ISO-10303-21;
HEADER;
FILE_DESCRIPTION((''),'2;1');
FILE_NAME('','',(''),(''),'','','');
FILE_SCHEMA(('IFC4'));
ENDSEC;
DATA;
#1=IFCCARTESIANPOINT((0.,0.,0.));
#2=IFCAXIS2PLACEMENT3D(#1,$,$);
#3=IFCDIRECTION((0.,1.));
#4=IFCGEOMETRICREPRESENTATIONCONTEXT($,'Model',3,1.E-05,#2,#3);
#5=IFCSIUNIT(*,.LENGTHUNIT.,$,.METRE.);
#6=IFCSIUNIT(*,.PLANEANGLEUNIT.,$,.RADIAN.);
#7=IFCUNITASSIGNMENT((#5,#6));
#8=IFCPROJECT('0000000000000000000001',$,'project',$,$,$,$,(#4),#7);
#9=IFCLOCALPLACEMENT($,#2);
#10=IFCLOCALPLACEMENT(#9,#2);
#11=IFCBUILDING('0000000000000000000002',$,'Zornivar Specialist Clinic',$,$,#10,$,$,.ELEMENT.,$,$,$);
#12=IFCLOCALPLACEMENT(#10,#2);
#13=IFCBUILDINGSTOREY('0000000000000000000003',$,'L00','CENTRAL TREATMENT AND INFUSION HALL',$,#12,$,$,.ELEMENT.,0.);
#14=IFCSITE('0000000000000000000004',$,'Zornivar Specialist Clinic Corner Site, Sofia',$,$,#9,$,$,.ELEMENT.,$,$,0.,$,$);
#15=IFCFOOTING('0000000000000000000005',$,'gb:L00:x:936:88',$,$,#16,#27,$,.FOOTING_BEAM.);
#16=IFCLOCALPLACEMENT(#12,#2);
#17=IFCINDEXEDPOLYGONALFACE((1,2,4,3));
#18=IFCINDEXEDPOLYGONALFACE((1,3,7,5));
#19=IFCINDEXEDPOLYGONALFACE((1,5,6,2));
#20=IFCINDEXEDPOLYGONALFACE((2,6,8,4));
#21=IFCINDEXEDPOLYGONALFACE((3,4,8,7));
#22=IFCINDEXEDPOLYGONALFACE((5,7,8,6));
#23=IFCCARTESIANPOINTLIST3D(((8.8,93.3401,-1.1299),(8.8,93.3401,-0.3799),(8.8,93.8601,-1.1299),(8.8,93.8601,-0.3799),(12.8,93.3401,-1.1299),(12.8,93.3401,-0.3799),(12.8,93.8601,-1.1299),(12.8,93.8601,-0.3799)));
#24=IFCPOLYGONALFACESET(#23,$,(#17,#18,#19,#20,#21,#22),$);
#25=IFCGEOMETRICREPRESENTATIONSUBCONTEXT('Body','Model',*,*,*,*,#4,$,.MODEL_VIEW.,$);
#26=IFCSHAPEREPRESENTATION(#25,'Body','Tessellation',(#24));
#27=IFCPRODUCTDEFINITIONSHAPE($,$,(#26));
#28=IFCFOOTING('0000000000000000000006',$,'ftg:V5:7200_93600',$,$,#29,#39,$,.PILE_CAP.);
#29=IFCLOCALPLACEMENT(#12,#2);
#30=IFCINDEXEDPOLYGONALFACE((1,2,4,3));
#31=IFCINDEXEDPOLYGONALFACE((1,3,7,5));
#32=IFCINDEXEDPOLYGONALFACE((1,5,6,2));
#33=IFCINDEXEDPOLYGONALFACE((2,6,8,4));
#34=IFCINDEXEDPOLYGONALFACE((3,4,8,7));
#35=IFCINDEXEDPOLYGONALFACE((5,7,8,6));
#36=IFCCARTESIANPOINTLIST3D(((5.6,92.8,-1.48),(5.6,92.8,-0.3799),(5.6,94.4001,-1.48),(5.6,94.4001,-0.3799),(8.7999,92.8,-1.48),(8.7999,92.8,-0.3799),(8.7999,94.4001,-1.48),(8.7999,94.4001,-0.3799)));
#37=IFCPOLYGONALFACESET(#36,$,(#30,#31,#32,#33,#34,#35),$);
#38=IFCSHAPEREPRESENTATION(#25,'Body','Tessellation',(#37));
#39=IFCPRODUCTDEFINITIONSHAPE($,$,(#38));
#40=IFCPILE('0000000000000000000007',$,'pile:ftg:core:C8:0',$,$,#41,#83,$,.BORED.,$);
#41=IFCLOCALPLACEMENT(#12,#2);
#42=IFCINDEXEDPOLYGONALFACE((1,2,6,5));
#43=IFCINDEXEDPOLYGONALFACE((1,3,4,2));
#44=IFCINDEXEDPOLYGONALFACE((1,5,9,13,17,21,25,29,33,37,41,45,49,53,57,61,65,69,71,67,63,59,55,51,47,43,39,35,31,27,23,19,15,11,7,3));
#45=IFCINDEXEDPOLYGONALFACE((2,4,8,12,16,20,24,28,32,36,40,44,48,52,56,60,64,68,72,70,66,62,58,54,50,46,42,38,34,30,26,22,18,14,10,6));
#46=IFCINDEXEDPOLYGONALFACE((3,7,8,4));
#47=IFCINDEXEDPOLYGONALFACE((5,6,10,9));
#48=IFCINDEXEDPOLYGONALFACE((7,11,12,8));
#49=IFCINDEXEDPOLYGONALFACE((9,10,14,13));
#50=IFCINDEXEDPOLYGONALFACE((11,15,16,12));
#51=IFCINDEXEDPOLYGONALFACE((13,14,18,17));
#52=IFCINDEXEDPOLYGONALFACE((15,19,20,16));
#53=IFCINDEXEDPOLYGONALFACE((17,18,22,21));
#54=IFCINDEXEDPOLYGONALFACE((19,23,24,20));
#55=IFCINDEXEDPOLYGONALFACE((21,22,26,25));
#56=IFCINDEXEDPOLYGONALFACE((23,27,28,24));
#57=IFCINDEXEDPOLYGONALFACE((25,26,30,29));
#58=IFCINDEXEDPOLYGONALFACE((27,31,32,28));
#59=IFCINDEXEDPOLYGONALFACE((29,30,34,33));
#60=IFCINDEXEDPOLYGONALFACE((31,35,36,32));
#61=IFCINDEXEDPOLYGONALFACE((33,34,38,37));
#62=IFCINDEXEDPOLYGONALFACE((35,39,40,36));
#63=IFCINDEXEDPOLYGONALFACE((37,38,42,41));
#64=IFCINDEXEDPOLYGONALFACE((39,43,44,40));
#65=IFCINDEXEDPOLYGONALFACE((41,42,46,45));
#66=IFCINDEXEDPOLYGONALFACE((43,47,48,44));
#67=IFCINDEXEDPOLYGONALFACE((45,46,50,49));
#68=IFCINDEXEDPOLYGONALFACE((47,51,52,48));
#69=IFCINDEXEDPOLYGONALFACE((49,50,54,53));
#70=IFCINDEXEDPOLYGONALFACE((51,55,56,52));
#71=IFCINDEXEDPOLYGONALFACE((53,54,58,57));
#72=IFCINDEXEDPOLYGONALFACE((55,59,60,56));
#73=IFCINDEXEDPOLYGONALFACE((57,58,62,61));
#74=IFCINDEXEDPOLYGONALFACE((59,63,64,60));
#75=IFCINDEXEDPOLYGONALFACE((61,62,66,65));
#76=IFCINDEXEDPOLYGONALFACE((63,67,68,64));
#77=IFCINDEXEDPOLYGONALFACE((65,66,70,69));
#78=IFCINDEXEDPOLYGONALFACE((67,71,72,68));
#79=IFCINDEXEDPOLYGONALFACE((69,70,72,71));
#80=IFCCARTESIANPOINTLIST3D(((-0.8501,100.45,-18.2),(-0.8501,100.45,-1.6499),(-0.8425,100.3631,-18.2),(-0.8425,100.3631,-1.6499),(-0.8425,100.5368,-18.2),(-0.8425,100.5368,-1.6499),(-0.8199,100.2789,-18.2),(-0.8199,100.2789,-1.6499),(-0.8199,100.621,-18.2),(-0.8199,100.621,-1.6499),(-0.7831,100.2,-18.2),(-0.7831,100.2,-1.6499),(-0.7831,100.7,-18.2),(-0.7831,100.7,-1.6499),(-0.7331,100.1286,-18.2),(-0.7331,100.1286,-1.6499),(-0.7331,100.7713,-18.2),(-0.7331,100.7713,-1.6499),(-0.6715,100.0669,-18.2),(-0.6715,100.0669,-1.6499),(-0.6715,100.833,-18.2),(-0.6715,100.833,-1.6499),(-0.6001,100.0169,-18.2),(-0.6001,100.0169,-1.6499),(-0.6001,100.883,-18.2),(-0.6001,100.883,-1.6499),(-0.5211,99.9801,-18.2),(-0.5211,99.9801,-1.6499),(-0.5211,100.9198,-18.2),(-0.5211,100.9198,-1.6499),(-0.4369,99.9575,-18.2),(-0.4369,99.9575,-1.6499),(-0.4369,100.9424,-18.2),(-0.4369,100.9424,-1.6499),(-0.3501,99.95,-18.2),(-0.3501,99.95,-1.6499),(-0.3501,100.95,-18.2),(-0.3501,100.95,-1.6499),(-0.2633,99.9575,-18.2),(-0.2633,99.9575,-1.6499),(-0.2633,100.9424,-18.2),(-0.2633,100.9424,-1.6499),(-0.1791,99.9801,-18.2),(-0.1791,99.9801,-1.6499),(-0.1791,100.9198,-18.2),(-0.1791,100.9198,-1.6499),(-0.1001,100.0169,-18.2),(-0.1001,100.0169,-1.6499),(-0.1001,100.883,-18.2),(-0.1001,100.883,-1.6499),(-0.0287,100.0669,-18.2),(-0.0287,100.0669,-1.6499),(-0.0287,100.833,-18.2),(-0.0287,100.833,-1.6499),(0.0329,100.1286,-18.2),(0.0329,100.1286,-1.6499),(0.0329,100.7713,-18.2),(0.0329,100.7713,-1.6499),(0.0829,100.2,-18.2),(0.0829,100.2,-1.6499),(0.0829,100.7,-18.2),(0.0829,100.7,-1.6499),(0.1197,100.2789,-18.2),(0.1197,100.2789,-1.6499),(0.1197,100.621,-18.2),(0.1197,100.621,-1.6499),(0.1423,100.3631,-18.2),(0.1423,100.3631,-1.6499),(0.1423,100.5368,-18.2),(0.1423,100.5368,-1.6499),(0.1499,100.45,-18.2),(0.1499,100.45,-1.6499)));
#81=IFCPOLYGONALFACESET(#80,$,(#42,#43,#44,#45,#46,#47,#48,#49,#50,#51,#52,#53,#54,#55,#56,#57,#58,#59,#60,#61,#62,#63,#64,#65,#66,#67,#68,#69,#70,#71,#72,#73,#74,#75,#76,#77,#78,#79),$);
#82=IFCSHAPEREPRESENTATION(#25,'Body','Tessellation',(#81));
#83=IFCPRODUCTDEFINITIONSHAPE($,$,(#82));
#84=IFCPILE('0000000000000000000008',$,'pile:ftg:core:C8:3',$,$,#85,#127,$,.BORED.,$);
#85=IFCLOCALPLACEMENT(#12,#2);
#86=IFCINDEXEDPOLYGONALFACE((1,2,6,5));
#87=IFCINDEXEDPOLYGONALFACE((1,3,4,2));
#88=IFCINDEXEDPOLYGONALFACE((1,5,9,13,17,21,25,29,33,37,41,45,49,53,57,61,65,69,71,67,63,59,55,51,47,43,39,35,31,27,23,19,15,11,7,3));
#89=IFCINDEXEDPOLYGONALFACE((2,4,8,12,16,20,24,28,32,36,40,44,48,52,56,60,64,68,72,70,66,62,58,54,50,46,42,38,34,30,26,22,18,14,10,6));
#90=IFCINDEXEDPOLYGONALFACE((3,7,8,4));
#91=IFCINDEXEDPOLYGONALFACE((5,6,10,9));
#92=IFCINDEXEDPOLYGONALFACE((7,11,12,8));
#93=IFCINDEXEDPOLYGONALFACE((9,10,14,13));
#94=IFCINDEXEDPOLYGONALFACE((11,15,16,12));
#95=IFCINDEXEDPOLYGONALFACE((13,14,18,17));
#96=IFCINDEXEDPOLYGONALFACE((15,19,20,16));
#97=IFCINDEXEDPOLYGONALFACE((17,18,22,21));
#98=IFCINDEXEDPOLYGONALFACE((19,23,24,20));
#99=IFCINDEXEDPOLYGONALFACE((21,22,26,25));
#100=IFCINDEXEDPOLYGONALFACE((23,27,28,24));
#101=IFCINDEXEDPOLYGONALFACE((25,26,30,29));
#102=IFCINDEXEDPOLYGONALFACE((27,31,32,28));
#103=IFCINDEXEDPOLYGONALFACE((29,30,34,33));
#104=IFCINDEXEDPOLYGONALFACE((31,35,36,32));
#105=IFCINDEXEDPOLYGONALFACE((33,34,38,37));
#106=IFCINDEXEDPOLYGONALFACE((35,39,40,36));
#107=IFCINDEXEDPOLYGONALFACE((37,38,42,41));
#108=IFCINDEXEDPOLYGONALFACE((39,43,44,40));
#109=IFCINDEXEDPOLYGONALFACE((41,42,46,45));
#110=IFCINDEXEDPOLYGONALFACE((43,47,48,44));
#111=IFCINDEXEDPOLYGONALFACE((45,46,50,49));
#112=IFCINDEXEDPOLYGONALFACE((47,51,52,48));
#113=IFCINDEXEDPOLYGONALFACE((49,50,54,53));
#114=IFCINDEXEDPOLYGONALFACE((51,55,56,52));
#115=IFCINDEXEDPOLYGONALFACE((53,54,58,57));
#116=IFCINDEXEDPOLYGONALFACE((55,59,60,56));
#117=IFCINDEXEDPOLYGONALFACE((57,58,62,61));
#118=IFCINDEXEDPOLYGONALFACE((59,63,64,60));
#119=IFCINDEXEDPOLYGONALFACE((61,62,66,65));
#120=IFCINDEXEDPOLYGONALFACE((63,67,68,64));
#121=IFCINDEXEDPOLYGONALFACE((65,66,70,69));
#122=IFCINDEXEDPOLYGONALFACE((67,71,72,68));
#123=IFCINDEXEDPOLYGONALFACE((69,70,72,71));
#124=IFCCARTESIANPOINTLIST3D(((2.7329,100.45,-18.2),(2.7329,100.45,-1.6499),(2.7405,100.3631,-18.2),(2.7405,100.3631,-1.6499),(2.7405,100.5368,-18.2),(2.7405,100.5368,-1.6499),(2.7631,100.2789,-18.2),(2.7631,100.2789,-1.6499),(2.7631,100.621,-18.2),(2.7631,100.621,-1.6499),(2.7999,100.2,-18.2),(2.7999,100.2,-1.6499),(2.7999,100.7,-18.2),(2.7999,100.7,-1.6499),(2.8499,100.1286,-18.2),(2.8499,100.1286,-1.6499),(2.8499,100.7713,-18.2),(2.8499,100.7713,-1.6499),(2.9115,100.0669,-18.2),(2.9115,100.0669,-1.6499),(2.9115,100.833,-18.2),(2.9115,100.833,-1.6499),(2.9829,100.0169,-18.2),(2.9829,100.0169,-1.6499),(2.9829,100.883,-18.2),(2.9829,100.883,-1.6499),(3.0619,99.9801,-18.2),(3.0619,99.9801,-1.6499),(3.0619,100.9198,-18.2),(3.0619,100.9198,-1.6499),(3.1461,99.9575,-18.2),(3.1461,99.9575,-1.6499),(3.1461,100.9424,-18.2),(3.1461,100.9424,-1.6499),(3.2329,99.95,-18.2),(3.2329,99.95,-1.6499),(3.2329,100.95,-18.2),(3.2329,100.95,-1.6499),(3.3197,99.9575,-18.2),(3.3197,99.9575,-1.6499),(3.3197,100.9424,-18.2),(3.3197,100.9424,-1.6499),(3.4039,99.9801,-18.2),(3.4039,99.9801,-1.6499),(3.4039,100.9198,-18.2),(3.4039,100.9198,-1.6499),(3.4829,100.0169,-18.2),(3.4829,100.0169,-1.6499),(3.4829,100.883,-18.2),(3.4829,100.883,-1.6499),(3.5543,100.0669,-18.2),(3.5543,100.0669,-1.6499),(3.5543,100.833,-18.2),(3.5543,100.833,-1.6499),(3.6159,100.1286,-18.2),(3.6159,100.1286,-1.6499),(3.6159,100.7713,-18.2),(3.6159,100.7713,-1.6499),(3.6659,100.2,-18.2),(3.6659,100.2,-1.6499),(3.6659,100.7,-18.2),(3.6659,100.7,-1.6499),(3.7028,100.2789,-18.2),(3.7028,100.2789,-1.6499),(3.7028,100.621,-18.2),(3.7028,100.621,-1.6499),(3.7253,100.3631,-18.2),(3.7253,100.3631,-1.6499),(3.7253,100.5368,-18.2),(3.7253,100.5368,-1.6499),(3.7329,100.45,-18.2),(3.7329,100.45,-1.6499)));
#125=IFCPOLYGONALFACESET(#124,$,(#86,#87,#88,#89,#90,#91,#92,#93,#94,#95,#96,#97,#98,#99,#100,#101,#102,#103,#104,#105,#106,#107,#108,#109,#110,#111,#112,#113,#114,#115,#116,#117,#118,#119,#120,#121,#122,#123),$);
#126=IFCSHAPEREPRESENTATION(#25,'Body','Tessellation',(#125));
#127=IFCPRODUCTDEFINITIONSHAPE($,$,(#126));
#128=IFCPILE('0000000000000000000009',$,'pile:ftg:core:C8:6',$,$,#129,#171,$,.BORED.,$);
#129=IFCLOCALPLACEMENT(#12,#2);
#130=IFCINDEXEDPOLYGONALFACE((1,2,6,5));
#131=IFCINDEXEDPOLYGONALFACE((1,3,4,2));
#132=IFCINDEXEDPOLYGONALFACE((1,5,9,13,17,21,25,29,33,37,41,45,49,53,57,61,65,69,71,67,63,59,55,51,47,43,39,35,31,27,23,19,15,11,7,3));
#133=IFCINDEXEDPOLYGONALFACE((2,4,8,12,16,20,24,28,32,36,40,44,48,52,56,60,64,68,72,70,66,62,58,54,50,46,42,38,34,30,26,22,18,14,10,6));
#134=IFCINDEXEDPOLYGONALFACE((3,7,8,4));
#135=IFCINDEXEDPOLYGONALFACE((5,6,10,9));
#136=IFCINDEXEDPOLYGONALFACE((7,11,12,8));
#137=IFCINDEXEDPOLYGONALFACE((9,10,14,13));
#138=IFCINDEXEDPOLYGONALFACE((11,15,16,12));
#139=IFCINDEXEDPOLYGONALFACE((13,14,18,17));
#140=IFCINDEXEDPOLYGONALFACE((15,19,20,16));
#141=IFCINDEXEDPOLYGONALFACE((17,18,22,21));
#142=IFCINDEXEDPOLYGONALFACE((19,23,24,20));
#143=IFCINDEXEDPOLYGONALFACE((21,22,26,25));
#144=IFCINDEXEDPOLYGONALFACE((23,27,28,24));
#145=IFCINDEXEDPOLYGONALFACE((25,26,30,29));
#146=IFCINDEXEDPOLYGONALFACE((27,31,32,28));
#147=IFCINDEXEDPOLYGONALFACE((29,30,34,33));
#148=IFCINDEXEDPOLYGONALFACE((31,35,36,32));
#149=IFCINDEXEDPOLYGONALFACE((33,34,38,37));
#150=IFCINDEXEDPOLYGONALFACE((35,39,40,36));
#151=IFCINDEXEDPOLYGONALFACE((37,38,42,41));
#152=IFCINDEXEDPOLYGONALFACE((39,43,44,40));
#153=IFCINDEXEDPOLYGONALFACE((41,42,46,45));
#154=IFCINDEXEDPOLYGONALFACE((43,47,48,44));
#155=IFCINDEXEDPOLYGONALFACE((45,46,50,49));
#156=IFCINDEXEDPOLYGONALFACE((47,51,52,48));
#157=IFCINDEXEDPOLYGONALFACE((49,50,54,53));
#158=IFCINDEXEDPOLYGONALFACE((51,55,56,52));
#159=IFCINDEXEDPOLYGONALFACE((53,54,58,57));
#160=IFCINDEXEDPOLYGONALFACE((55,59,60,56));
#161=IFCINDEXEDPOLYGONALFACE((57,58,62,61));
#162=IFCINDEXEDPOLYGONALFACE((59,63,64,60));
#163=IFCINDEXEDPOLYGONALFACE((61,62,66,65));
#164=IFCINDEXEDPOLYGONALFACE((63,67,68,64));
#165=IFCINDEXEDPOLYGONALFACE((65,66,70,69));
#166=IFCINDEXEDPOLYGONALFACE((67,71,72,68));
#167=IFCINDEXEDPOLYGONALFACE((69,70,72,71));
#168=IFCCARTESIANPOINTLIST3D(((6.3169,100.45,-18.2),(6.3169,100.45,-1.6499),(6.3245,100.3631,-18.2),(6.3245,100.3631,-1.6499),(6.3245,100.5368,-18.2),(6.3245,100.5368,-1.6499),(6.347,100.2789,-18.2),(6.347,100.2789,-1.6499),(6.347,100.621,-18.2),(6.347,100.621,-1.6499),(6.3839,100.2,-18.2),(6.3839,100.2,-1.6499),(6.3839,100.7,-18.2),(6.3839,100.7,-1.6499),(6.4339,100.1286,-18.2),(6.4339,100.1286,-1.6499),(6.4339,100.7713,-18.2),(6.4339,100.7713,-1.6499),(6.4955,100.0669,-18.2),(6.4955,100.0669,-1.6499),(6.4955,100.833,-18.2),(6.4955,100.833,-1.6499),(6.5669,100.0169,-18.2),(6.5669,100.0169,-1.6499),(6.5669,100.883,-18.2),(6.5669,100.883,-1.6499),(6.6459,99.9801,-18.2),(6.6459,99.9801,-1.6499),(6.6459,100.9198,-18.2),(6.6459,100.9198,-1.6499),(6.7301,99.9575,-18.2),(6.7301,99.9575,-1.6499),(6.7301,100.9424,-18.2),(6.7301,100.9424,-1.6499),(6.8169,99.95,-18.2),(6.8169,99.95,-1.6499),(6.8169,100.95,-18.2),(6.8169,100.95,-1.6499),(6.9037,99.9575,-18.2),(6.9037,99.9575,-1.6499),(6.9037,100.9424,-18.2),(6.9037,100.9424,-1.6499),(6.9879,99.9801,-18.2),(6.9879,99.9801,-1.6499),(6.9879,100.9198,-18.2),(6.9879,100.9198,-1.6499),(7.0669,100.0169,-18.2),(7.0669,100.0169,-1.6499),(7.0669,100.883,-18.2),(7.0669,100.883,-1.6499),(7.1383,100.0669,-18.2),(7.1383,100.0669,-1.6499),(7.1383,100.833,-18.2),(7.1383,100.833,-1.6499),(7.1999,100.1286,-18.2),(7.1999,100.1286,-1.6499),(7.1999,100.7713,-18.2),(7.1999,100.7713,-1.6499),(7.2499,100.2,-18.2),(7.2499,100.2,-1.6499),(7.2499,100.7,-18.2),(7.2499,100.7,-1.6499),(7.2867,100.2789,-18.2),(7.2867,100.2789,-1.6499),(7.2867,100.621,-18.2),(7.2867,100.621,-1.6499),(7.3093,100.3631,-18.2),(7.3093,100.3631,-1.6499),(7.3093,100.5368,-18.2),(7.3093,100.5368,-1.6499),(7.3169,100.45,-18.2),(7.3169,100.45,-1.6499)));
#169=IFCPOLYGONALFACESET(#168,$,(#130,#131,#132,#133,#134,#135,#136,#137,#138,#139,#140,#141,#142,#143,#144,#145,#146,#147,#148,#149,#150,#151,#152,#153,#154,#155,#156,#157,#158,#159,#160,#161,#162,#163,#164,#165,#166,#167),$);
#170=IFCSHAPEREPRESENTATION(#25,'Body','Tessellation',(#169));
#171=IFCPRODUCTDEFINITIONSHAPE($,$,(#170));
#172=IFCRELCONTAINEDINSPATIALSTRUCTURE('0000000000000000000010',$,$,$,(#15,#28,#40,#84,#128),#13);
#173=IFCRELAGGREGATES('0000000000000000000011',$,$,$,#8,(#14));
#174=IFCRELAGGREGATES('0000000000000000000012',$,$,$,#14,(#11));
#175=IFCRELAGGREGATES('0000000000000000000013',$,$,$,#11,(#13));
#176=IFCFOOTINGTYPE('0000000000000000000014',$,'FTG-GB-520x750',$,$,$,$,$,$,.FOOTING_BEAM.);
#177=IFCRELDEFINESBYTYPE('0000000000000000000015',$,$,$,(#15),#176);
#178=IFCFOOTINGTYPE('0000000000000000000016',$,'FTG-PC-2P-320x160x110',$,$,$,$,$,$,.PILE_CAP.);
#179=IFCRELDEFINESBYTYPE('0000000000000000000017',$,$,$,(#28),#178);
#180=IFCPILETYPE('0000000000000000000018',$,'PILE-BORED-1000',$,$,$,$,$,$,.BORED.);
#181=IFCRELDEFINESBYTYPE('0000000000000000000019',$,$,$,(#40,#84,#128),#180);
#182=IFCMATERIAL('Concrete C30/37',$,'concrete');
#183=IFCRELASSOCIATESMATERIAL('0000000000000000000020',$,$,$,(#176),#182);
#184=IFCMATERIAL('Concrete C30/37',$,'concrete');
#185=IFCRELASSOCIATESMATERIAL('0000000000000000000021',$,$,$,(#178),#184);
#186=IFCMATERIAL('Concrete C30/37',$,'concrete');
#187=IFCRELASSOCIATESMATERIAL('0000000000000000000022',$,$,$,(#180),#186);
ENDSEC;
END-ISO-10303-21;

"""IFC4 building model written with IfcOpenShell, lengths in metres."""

from ifc_helpers import new_model, si_unit, direction, frame, origin, origin_2d, place, context, subcontext, project, spatial, rectangle, circle, extrude, material, material_profile, profile_set, type_object, element, save


model = new_model("IFC4")

# Units and contexts
model_context = context("Model", 3, precision=1e-05, world=origin(), true_north=direction((0.0, 1.0)))
body_context = subcontext(model_context, "Body", "Model", "MODEL_VIEW")
ifc_project = project(units=[si_unit("LENGTHUNIT", "METRE"), si_unit("PLANEANGLEUNIT", "RADIAN")], contexts=[model_context])

# Site, building, storey
site_placement = place(None, origin())
site = spatial("IfcSite", under=ifc_project, at=site_placement, Name="Zornivar Specialist Clinic Corner Site, Sofia", CompositionType="ELEMENT", RefElevation=0.0)
building_placement = place(site_placement, origin())
building = spatial("IfcBuilding", under=site, at=building_placement, Name="Zornivar Specialist Clinic", CompositionType="ELEMENT")
storey_placement = place(building_placement, origin())
storey = spatial("IfcBuildingStorey", under=building, at=storey_placement, Name="L00", Description="CENTRAL TREATMENT AND INFUSION HALL", CompositionType="ELEMENT", Elevation=0.0)

# Footings
ifc_material_1 = material(Name="Concrete C30/37", Category="concrete")
ifc_material_profile_1 = material_profile(ifc_material_1, rectangle(XDim=0.52, YDim=0.75, at=origin_2d()), Name="RC 520x750")
ifc_profile_set_1 = profile_set([ifc_material_profile_1], Name="Concrete C30/37")
footing_type_1 = type_object("IfcFootingType", Name="FTG-GB-520x750", PredefinedType="FOOTING_BEAM", material=ifc_profile_set_1)
footing_1_placement = place(storey_placement, frame((8.8, 93.6001, -0.7549), z_axis=(1.0, 0.0, 0.0), x_axis=(0.0, 1.0, 0.0)))
element("IfcFooting", 1, at=footing_1_placement, inside=storey, type_object=footing_type_1, Name="gb:L00:x:936:88", PredefinedType="FOOTING_BEAM", context=body_context, shape_type="SweptSolid", body=[
    extrude(rectangle(XDim=0.52, YDim=0.75, at=origin_2d()), origin(), (0.0, 0.0, 1.0), 4.0),
])
ifc_material_2 = material(Name="Concrete C30/37", Category="concrete")
footing_type_2 = type_object("IfcFootingType", Name="FTG-PC-2P-320x160x110", PredefinedType="PILE_CAP", material=ifc_material_2)
footing_2_placement = place(storey_placement, frame((7.2, 93.6001, -1.48), z_axis=(0.0, 0.0, 1.0), x_axis=(1.0, 0.0, 0.0)))
element("IfcFooting", 2, at=footing_2_placement, inside=storey, type_object=footing_type_2, Name="ftg:V5:7200_93600", PredefinedType="PILE_CAP", context=body_context, shape_type="SweptSolid", body=[
    extrude(rectangle(XDim=3.2, YDim=1.6001, at=origin_2d()), origin(), (0.0, 0.0, 1.0), 1.1001),
])

# Piles
ifc_material_3 = material(Name="Concrete C30/37", Category="concrete")
ifc_material_profile_2 = material_profile(ifc_material_3, circle(Radius=0.5, at=origin_2d()), Name="PILE D1000")
ifc_profile_set_2 = profile_set([ifc_material_profile_2], Name="Concrete C30/37")
pile_type_1 = type_object("IfcPileType", Name="PILE-BORED-1000", PredefinedType="BORED", material=ifc_profile_set_2)
for number, where, z_axis, x_axis, name in (
    (3, (-0.3501, 100.45, -1.6499), (0.0, 0.0, -1.0), (1.0, 0.0, 0.0), "pile:ftg:core:C8:0"),
    (4, (3.2329, 100.45, -1.6499), (0.0, 0.0, -1.0), (1.0, 0.0, 0.0), "pile:ftg:core:C8:3"),
    (5, (6.8169, 100.45, -1.6499), (0.0, 0.0, -1.0), (1.0, 0.0, 0.0), "pile:ftg:core:C8:6"),
):
    element("IfcPile", number, at=place(storey_placement, frame(where, z_axis=z_axis, x_axis=x_axis)), inside=storey, type_object=pile_type_1, Name=name, PredefinedType="BORED", context=body_context, shape_type="SweptSolid", body=[
        extrude(circle(Radius=0.5, at=origin_2d()), origin(), (0.0, 0.0, 1.0), 16.55),
    ])

save(model, "model.ifc")
